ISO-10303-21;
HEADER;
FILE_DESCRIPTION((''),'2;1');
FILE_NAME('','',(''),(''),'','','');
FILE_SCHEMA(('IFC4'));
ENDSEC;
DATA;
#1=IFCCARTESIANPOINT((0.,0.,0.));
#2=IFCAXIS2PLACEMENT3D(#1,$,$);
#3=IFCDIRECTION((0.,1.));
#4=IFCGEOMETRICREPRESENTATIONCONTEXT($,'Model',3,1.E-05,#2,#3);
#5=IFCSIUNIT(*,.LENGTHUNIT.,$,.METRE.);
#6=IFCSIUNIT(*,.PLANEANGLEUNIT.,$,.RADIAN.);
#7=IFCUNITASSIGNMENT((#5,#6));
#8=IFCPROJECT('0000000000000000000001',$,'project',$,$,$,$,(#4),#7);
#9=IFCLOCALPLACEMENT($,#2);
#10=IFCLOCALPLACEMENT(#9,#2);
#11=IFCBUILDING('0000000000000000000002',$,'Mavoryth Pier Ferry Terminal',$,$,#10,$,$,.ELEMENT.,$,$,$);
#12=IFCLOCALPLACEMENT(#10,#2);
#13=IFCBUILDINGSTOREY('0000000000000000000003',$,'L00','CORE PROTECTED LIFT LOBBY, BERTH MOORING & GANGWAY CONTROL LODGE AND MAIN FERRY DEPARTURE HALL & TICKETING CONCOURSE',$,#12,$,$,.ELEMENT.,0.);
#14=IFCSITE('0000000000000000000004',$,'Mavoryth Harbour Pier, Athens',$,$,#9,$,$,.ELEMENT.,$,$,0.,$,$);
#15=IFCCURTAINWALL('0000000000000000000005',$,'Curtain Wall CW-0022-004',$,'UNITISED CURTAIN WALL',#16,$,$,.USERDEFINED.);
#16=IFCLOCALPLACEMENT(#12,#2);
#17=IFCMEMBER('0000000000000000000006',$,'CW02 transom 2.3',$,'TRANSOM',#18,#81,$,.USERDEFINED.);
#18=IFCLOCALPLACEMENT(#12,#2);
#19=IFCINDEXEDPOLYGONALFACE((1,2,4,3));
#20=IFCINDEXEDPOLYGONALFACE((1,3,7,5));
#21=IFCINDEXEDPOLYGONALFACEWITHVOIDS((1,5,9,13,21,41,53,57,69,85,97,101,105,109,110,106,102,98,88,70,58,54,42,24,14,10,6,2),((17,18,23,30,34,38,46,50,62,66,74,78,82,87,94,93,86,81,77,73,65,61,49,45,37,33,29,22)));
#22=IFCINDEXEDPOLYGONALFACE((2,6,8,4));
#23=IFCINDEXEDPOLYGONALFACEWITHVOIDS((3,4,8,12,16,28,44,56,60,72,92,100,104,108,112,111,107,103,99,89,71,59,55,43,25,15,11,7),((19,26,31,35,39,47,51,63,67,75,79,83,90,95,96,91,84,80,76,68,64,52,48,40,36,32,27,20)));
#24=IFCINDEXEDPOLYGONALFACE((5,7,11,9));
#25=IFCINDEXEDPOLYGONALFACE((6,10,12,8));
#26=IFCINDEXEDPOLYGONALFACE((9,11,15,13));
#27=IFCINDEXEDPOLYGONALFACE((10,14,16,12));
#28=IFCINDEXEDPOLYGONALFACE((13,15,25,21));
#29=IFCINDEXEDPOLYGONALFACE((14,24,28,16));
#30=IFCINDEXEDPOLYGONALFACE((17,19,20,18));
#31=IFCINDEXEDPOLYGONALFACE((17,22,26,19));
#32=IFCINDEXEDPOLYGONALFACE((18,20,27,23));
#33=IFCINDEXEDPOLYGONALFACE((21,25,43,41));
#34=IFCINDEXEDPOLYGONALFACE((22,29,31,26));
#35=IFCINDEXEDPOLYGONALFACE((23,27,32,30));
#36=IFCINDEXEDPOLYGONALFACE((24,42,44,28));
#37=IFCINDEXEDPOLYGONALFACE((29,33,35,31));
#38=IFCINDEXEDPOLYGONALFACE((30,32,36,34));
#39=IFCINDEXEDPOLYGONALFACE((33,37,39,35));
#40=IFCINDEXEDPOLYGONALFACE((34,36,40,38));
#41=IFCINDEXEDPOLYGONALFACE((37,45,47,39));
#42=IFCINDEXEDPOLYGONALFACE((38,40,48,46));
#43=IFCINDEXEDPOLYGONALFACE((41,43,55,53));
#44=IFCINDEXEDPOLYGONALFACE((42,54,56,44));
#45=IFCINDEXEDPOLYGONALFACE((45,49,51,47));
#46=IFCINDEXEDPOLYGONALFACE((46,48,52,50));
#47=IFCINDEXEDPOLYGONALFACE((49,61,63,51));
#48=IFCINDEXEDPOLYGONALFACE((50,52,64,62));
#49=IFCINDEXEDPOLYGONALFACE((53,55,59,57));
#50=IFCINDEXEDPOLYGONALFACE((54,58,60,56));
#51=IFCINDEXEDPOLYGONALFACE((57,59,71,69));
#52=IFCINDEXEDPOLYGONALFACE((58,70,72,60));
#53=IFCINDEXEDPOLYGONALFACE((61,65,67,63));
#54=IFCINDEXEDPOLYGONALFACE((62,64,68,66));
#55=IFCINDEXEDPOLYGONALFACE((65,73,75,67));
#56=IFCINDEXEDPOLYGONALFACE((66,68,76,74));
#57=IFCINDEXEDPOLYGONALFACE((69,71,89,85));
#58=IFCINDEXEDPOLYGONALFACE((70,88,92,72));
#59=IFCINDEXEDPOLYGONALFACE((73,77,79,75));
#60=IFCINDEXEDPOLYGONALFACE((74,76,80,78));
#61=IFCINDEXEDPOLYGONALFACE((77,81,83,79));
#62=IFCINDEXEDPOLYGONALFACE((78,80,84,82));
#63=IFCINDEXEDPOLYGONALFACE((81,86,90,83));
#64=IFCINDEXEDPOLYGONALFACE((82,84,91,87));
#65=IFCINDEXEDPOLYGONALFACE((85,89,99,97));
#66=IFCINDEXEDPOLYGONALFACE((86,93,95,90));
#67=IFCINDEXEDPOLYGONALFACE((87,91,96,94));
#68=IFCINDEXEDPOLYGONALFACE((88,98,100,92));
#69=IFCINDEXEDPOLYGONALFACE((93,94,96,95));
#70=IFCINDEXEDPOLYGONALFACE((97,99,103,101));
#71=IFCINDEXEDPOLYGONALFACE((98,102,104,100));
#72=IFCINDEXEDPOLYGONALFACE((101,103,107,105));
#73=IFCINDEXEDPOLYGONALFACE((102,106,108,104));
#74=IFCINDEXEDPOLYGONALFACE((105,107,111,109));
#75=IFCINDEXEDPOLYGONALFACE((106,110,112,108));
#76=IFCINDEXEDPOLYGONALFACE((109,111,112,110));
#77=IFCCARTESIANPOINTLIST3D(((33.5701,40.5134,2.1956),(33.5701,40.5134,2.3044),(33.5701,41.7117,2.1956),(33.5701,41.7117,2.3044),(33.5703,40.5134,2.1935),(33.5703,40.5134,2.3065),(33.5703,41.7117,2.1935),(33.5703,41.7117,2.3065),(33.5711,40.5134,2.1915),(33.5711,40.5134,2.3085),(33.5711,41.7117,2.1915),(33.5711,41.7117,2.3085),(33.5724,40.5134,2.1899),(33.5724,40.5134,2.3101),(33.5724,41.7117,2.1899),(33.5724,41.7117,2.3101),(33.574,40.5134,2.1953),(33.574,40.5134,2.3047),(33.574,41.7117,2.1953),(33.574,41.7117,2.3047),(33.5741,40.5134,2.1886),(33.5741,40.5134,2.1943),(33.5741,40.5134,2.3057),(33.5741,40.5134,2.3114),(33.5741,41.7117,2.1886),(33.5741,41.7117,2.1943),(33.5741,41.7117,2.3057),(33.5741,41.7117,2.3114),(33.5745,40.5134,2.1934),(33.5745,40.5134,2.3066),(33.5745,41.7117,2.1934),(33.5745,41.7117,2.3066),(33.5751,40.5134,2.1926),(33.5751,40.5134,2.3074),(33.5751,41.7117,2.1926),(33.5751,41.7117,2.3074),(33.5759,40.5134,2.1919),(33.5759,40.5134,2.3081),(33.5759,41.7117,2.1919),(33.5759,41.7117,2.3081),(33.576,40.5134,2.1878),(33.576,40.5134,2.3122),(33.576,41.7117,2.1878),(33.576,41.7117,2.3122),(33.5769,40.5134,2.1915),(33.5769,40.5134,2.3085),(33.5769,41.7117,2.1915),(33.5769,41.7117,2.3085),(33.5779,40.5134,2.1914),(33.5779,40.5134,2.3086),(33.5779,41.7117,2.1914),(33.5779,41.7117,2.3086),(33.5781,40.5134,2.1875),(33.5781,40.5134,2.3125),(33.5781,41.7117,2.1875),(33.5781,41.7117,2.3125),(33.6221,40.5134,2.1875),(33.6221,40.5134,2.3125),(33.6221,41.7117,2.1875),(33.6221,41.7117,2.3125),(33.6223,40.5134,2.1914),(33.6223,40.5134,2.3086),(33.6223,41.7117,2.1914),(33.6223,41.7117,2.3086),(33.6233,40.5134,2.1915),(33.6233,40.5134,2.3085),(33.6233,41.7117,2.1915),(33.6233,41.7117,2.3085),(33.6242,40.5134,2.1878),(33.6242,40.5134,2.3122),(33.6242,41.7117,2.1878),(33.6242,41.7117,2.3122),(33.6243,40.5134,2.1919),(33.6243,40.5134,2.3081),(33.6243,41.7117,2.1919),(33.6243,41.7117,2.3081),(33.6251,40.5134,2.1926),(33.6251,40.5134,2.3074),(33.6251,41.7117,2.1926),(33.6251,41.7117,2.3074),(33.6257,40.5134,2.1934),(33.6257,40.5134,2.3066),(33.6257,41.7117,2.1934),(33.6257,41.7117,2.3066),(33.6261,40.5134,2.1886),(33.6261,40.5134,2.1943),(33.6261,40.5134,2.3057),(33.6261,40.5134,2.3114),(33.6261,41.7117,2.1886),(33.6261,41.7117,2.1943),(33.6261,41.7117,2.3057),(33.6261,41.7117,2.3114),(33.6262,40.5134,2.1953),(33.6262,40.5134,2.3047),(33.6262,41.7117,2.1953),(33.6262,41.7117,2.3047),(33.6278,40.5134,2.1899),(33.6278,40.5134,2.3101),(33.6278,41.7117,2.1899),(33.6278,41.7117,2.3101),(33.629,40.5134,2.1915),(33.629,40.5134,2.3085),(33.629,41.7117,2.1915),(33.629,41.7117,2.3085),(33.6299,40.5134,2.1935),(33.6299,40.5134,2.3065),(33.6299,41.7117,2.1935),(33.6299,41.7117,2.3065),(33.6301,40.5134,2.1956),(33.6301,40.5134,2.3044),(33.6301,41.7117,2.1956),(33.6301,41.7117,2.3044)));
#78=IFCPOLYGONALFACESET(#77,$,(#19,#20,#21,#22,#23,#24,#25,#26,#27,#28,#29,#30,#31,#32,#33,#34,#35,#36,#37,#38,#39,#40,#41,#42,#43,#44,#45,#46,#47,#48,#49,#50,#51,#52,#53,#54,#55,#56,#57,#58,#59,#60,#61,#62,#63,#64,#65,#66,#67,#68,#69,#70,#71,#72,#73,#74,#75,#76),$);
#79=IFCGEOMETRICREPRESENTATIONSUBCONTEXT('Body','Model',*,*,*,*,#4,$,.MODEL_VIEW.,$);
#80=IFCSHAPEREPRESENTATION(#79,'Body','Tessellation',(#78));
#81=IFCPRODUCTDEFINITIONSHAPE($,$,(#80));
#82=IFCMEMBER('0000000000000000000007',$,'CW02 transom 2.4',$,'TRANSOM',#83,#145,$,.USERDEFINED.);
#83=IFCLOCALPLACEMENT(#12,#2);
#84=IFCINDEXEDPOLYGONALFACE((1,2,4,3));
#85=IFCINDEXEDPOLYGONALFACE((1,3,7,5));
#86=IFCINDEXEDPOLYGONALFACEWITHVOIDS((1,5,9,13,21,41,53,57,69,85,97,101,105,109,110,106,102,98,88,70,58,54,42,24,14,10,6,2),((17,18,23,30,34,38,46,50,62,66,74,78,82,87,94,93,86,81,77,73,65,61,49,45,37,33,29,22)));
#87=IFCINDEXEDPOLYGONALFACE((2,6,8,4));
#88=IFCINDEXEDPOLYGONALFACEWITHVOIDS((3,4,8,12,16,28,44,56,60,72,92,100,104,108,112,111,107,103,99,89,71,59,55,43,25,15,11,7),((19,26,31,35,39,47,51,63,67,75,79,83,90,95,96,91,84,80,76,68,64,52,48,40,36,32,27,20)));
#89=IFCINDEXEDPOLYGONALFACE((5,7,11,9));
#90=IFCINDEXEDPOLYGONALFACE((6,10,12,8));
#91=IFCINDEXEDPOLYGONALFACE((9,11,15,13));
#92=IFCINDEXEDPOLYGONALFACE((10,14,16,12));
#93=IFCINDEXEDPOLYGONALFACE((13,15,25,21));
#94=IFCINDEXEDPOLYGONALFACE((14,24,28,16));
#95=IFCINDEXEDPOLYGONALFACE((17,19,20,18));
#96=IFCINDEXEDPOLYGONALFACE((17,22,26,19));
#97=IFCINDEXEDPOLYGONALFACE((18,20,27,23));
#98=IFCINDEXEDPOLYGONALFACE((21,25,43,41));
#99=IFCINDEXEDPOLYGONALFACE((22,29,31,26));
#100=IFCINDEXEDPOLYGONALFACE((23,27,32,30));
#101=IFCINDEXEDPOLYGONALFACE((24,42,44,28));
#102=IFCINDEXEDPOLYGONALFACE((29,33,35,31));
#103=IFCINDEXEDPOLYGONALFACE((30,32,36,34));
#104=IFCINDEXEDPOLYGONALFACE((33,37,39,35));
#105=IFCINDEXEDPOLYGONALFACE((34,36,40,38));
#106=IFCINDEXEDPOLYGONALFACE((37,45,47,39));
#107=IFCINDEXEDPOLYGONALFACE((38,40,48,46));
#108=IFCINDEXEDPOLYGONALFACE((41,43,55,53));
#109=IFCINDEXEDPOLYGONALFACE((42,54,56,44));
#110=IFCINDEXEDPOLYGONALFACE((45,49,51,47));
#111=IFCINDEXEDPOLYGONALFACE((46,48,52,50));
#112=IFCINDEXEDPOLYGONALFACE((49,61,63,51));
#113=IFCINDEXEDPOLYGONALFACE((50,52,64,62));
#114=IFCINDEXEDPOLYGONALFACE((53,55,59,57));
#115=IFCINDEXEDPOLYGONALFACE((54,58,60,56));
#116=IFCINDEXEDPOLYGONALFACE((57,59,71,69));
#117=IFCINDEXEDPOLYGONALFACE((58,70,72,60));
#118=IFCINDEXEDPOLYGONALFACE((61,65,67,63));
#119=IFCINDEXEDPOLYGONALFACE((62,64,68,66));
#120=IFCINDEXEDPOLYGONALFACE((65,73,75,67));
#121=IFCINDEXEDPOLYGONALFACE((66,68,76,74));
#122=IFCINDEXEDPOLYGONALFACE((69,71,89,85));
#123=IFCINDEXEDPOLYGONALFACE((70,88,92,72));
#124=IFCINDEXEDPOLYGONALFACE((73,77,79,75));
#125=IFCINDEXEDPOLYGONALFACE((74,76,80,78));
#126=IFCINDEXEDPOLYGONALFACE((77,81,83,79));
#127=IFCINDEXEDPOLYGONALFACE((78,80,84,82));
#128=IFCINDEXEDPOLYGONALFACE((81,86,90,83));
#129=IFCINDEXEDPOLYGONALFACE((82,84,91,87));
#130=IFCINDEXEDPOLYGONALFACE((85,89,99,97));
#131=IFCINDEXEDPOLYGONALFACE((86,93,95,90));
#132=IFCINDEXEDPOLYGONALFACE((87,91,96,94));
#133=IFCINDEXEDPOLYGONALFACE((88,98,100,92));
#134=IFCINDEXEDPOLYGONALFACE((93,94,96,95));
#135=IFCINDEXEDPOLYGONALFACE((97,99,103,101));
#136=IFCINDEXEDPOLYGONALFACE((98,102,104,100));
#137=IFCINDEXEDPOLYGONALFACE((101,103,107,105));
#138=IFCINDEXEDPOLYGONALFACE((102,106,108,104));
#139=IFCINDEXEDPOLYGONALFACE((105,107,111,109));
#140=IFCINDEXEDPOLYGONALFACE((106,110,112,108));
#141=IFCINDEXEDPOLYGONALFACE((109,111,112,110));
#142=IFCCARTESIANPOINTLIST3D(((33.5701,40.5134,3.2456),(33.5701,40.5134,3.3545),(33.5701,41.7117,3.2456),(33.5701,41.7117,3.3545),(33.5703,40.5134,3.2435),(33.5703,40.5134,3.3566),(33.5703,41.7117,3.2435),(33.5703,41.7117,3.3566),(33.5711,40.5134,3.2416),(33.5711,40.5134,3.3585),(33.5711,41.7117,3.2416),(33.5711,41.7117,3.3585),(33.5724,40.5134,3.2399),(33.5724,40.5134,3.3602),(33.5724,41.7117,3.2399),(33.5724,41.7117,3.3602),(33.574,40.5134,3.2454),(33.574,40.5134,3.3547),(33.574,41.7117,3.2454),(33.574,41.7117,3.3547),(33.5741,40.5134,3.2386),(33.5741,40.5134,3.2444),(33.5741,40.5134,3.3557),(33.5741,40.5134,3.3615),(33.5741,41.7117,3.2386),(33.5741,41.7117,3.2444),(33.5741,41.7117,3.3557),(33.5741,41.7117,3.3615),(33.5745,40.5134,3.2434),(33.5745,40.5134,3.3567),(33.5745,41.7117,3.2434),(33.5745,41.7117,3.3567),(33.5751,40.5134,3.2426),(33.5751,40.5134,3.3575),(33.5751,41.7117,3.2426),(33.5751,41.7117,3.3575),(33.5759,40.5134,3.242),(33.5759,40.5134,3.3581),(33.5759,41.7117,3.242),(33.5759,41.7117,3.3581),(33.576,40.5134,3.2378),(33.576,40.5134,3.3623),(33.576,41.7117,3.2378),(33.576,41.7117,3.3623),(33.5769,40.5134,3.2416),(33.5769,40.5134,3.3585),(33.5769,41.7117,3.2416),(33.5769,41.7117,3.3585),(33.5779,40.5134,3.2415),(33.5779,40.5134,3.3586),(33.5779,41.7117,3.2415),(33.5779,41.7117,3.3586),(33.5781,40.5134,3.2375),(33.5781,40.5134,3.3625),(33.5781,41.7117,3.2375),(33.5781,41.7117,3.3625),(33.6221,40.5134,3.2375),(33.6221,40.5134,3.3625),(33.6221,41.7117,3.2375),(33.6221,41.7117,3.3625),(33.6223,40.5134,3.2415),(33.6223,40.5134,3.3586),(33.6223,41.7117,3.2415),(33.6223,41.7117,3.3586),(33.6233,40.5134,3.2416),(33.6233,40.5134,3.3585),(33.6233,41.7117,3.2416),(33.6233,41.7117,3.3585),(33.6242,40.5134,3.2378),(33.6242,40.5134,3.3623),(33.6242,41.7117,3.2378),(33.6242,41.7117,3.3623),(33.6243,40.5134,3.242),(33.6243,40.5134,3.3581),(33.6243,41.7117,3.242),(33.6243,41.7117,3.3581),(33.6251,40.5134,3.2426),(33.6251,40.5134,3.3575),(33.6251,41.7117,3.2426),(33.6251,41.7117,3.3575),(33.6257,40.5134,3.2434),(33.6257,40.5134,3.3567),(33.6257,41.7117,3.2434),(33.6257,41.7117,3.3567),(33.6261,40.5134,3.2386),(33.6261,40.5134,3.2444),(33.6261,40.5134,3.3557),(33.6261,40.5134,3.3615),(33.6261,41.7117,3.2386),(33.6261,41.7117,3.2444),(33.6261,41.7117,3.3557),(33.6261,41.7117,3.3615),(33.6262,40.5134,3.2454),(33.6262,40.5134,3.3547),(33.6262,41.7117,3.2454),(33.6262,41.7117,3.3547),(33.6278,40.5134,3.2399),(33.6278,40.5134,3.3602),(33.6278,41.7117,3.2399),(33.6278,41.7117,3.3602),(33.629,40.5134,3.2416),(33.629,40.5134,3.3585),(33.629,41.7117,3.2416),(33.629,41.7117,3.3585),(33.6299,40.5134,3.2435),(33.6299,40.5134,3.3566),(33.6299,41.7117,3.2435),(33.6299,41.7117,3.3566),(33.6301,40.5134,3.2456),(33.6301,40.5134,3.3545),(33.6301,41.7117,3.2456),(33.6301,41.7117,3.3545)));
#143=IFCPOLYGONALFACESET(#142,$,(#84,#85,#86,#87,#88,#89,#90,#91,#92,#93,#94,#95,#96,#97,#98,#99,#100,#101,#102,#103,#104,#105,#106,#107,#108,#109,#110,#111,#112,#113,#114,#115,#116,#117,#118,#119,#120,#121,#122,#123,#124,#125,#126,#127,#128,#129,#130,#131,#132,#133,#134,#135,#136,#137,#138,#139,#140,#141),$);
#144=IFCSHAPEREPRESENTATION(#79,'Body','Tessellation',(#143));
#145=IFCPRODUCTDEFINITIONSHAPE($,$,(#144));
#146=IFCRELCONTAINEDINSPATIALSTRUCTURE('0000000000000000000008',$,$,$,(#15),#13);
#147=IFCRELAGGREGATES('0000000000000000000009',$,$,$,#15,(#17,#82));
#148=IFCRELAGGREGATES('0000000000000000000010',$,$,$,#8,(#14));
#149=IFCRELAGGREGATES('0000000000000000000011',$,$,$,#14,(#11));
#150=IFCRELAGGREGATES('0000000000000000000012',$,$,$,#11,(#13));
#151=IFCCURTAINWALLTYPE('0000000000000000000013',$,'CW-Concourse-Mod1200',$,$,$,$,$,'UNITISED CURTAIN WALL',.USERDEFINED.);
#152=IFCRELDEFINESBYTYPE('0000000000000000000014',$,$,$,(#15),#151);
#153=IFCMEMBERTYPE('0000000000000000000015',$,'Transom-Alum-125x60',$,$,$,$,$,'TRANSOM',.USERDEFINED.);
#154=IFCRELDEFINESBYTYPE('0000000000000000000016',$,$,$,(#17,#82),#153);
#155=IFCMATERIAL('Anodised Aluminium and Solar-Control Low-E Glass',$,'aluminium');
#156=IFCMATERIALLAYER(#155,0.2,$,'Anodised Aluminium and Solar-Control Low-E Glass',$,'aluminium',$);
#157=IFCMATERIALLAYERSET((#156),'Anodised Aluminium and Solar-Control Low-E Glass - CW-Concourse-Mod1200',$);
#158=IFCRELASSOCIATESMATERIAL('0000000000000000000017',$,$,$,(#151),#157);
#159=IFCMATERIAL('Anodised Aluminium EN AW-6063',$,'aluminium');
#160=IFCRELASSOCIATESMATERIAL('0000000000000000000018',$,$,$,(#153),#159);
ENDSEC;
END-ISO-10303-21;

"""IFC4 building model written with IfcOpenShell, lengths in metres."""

from ifc_helpers import new_model, si_unit, direction, frame, origin, origin_2d, place, context, subcontext, project, spatial, hollow_rectangle, extrude, material, layer, layer_set, material_profile, profile_set, type_object, element, aggregate, save


model = new_model("IFC4")

# Units and contexts
model_context = context("Model", 3, precision=1e-05, world=origin(), true_north=direction((0.0, 1.0)))
body_context = subcontext(model_context, "Body", "Model", "MODEL_VIEW")
ifc_project = project(units=[si_unit("LENGTHUNIT", "METRE"), si_unit("PLANEANGLEUNIT", "RADIAN")], contexts=[model_context])

# Site, building, storey
site_placement = place(None, origin())
site = spatial("IfcSite", under=ifc_project, at=site_placement, Name="Mavoryth Harbour Pier, Athens", CompositionType="ELEMENT", RefElevation=0.0)
building_placement = place(site_placement, origin())
building = spatial("IfcBuilding", under=site, at=building_placement, Name="Mavoryth Pier Ferry Terminal", CompositionType="ELEMENT")
storey_placement = place(building_placement, origin())
storey = spatial("IfcBuildingStorey", under=building, at=storey_placement, Name="L00", Description="CORE PROTECTED LIFT LOBBY, BERTH MOORING & GANGWAY CONTROL LODGE AND MAIN FERRY DEPARTURE HALL & TICKETING CONCOURSE", CompositionType="ELEMENT", Elevation=0.0)

# Curtain wall, members
ifc_material_1 = material(Name="Anodised Aluminium and Solar-Control Low-E Glass", Category="aluminium")
ifc_layer_1 = layer(ifc_material_1, 0.2, Name="Anodised Aluminium and Solar-Control Low-E Glass", Category="aluminium")
ifc_layer_set_1 = layer_set([ifc_layer_1], Name="Anodised Aluminium and Solar-Control Low-E Glass - CW-Concourse-Mod1200")
curtain_wall_type = type_object("IfcCurtainWallType", Name="CW-Concourse-Mod1200", ElementType="UNITISED CURTAIN WALL", PredefinedType="USERDEFINED", material=ifc_layer_set_1)
curtain_wall_placement = place(storey_placement, origin())
curtain_wall = element("IfcCurtainWall", 1, at=curtain_wall_placement, inside=storey, type_object=curtain_wall_type, Name="Curtain Wall CW-0022-004", ObjectType="UNITISED CURTAIN WALL", PredefinedType="USERDEFINED")
ifc_material_2 = material(Name="Anodised Aluminium EN AW-6063", Category="aluminium")
ifc_material_profile_1 = material_profile(ifc_material_2, hollow_rectangle(XDim=0.0601, YDim=0.125, WallThickness=0.0039, InnerFilletRadius=0.0039, OuterFilletRadius=0.0081, at=origin_2d()), Name="AL-TRAN 125x60x4", Category="aluminium")
ifc_profile_set_1 = profile_set([ifc_material_profile_1], Name="Anodised Aluminium EN AW-6063 - AL-TRAN 125x60x4")
member_type_1 = type_object("IfcMemberType", Name="Transom-Alum-125x60", ElementType="TRANSOM", PredefinedType="USERDEFINED", material=ifc_profile_set_1)
member_1_placement = place(storey_placement, frame((33.6001, 40.5134, 2.25), z_axis=(0.0, 1.0, 0.0), x_axis=(-1.0, 0.0, 0.0)))
member_1 = element("IfcMember", 2, at=member_1_placement, type_object=member_type_1, Name="CW02 transom 2.3", ObjectType="TRANSOM", PredefinedType="USERDEFINED", context=body_context, shape_type="SweptSolid", body=[
    extrude(hollow_rectangle(XDim=0.0601, YDim=0.125, WallThickness=0.0039, InnerFilletRadius=0.0039, OuterFilletRadius=0.0081, at=origin_2d()), origin(), (0.0, 0.0, 1.0), 1.1982),
])
member_2_placement = place(storey_placement, frame((33.6001, 40.5134, 3.3), z_axis=(0.0, 1.0, 0.0), x_axis=(-1.0, 0.0, 0.0)))
member_2 = element("IfcMember", 3, at=member_2_placement, type_object=member_type_1, Name="CW02 transom 2.4", ObjectType="TRANSOM", PredefinedType="USERDEFINED", context=body_context, shape_type="SweptSolid", body=[
    extrude(hollow_rectangle(XDim=0.0601, YDim=0.125, WallThickness=0.0039, InnerFilletRadius=0.0039, OuterFilletRadius=0.0081, at=origin_2d()), origin(), (0.0, 0.0, 1.0), 1.1982),
])
aggregate(curtain_wall, [member_1, member_2])

save(model, "model.ifc")
